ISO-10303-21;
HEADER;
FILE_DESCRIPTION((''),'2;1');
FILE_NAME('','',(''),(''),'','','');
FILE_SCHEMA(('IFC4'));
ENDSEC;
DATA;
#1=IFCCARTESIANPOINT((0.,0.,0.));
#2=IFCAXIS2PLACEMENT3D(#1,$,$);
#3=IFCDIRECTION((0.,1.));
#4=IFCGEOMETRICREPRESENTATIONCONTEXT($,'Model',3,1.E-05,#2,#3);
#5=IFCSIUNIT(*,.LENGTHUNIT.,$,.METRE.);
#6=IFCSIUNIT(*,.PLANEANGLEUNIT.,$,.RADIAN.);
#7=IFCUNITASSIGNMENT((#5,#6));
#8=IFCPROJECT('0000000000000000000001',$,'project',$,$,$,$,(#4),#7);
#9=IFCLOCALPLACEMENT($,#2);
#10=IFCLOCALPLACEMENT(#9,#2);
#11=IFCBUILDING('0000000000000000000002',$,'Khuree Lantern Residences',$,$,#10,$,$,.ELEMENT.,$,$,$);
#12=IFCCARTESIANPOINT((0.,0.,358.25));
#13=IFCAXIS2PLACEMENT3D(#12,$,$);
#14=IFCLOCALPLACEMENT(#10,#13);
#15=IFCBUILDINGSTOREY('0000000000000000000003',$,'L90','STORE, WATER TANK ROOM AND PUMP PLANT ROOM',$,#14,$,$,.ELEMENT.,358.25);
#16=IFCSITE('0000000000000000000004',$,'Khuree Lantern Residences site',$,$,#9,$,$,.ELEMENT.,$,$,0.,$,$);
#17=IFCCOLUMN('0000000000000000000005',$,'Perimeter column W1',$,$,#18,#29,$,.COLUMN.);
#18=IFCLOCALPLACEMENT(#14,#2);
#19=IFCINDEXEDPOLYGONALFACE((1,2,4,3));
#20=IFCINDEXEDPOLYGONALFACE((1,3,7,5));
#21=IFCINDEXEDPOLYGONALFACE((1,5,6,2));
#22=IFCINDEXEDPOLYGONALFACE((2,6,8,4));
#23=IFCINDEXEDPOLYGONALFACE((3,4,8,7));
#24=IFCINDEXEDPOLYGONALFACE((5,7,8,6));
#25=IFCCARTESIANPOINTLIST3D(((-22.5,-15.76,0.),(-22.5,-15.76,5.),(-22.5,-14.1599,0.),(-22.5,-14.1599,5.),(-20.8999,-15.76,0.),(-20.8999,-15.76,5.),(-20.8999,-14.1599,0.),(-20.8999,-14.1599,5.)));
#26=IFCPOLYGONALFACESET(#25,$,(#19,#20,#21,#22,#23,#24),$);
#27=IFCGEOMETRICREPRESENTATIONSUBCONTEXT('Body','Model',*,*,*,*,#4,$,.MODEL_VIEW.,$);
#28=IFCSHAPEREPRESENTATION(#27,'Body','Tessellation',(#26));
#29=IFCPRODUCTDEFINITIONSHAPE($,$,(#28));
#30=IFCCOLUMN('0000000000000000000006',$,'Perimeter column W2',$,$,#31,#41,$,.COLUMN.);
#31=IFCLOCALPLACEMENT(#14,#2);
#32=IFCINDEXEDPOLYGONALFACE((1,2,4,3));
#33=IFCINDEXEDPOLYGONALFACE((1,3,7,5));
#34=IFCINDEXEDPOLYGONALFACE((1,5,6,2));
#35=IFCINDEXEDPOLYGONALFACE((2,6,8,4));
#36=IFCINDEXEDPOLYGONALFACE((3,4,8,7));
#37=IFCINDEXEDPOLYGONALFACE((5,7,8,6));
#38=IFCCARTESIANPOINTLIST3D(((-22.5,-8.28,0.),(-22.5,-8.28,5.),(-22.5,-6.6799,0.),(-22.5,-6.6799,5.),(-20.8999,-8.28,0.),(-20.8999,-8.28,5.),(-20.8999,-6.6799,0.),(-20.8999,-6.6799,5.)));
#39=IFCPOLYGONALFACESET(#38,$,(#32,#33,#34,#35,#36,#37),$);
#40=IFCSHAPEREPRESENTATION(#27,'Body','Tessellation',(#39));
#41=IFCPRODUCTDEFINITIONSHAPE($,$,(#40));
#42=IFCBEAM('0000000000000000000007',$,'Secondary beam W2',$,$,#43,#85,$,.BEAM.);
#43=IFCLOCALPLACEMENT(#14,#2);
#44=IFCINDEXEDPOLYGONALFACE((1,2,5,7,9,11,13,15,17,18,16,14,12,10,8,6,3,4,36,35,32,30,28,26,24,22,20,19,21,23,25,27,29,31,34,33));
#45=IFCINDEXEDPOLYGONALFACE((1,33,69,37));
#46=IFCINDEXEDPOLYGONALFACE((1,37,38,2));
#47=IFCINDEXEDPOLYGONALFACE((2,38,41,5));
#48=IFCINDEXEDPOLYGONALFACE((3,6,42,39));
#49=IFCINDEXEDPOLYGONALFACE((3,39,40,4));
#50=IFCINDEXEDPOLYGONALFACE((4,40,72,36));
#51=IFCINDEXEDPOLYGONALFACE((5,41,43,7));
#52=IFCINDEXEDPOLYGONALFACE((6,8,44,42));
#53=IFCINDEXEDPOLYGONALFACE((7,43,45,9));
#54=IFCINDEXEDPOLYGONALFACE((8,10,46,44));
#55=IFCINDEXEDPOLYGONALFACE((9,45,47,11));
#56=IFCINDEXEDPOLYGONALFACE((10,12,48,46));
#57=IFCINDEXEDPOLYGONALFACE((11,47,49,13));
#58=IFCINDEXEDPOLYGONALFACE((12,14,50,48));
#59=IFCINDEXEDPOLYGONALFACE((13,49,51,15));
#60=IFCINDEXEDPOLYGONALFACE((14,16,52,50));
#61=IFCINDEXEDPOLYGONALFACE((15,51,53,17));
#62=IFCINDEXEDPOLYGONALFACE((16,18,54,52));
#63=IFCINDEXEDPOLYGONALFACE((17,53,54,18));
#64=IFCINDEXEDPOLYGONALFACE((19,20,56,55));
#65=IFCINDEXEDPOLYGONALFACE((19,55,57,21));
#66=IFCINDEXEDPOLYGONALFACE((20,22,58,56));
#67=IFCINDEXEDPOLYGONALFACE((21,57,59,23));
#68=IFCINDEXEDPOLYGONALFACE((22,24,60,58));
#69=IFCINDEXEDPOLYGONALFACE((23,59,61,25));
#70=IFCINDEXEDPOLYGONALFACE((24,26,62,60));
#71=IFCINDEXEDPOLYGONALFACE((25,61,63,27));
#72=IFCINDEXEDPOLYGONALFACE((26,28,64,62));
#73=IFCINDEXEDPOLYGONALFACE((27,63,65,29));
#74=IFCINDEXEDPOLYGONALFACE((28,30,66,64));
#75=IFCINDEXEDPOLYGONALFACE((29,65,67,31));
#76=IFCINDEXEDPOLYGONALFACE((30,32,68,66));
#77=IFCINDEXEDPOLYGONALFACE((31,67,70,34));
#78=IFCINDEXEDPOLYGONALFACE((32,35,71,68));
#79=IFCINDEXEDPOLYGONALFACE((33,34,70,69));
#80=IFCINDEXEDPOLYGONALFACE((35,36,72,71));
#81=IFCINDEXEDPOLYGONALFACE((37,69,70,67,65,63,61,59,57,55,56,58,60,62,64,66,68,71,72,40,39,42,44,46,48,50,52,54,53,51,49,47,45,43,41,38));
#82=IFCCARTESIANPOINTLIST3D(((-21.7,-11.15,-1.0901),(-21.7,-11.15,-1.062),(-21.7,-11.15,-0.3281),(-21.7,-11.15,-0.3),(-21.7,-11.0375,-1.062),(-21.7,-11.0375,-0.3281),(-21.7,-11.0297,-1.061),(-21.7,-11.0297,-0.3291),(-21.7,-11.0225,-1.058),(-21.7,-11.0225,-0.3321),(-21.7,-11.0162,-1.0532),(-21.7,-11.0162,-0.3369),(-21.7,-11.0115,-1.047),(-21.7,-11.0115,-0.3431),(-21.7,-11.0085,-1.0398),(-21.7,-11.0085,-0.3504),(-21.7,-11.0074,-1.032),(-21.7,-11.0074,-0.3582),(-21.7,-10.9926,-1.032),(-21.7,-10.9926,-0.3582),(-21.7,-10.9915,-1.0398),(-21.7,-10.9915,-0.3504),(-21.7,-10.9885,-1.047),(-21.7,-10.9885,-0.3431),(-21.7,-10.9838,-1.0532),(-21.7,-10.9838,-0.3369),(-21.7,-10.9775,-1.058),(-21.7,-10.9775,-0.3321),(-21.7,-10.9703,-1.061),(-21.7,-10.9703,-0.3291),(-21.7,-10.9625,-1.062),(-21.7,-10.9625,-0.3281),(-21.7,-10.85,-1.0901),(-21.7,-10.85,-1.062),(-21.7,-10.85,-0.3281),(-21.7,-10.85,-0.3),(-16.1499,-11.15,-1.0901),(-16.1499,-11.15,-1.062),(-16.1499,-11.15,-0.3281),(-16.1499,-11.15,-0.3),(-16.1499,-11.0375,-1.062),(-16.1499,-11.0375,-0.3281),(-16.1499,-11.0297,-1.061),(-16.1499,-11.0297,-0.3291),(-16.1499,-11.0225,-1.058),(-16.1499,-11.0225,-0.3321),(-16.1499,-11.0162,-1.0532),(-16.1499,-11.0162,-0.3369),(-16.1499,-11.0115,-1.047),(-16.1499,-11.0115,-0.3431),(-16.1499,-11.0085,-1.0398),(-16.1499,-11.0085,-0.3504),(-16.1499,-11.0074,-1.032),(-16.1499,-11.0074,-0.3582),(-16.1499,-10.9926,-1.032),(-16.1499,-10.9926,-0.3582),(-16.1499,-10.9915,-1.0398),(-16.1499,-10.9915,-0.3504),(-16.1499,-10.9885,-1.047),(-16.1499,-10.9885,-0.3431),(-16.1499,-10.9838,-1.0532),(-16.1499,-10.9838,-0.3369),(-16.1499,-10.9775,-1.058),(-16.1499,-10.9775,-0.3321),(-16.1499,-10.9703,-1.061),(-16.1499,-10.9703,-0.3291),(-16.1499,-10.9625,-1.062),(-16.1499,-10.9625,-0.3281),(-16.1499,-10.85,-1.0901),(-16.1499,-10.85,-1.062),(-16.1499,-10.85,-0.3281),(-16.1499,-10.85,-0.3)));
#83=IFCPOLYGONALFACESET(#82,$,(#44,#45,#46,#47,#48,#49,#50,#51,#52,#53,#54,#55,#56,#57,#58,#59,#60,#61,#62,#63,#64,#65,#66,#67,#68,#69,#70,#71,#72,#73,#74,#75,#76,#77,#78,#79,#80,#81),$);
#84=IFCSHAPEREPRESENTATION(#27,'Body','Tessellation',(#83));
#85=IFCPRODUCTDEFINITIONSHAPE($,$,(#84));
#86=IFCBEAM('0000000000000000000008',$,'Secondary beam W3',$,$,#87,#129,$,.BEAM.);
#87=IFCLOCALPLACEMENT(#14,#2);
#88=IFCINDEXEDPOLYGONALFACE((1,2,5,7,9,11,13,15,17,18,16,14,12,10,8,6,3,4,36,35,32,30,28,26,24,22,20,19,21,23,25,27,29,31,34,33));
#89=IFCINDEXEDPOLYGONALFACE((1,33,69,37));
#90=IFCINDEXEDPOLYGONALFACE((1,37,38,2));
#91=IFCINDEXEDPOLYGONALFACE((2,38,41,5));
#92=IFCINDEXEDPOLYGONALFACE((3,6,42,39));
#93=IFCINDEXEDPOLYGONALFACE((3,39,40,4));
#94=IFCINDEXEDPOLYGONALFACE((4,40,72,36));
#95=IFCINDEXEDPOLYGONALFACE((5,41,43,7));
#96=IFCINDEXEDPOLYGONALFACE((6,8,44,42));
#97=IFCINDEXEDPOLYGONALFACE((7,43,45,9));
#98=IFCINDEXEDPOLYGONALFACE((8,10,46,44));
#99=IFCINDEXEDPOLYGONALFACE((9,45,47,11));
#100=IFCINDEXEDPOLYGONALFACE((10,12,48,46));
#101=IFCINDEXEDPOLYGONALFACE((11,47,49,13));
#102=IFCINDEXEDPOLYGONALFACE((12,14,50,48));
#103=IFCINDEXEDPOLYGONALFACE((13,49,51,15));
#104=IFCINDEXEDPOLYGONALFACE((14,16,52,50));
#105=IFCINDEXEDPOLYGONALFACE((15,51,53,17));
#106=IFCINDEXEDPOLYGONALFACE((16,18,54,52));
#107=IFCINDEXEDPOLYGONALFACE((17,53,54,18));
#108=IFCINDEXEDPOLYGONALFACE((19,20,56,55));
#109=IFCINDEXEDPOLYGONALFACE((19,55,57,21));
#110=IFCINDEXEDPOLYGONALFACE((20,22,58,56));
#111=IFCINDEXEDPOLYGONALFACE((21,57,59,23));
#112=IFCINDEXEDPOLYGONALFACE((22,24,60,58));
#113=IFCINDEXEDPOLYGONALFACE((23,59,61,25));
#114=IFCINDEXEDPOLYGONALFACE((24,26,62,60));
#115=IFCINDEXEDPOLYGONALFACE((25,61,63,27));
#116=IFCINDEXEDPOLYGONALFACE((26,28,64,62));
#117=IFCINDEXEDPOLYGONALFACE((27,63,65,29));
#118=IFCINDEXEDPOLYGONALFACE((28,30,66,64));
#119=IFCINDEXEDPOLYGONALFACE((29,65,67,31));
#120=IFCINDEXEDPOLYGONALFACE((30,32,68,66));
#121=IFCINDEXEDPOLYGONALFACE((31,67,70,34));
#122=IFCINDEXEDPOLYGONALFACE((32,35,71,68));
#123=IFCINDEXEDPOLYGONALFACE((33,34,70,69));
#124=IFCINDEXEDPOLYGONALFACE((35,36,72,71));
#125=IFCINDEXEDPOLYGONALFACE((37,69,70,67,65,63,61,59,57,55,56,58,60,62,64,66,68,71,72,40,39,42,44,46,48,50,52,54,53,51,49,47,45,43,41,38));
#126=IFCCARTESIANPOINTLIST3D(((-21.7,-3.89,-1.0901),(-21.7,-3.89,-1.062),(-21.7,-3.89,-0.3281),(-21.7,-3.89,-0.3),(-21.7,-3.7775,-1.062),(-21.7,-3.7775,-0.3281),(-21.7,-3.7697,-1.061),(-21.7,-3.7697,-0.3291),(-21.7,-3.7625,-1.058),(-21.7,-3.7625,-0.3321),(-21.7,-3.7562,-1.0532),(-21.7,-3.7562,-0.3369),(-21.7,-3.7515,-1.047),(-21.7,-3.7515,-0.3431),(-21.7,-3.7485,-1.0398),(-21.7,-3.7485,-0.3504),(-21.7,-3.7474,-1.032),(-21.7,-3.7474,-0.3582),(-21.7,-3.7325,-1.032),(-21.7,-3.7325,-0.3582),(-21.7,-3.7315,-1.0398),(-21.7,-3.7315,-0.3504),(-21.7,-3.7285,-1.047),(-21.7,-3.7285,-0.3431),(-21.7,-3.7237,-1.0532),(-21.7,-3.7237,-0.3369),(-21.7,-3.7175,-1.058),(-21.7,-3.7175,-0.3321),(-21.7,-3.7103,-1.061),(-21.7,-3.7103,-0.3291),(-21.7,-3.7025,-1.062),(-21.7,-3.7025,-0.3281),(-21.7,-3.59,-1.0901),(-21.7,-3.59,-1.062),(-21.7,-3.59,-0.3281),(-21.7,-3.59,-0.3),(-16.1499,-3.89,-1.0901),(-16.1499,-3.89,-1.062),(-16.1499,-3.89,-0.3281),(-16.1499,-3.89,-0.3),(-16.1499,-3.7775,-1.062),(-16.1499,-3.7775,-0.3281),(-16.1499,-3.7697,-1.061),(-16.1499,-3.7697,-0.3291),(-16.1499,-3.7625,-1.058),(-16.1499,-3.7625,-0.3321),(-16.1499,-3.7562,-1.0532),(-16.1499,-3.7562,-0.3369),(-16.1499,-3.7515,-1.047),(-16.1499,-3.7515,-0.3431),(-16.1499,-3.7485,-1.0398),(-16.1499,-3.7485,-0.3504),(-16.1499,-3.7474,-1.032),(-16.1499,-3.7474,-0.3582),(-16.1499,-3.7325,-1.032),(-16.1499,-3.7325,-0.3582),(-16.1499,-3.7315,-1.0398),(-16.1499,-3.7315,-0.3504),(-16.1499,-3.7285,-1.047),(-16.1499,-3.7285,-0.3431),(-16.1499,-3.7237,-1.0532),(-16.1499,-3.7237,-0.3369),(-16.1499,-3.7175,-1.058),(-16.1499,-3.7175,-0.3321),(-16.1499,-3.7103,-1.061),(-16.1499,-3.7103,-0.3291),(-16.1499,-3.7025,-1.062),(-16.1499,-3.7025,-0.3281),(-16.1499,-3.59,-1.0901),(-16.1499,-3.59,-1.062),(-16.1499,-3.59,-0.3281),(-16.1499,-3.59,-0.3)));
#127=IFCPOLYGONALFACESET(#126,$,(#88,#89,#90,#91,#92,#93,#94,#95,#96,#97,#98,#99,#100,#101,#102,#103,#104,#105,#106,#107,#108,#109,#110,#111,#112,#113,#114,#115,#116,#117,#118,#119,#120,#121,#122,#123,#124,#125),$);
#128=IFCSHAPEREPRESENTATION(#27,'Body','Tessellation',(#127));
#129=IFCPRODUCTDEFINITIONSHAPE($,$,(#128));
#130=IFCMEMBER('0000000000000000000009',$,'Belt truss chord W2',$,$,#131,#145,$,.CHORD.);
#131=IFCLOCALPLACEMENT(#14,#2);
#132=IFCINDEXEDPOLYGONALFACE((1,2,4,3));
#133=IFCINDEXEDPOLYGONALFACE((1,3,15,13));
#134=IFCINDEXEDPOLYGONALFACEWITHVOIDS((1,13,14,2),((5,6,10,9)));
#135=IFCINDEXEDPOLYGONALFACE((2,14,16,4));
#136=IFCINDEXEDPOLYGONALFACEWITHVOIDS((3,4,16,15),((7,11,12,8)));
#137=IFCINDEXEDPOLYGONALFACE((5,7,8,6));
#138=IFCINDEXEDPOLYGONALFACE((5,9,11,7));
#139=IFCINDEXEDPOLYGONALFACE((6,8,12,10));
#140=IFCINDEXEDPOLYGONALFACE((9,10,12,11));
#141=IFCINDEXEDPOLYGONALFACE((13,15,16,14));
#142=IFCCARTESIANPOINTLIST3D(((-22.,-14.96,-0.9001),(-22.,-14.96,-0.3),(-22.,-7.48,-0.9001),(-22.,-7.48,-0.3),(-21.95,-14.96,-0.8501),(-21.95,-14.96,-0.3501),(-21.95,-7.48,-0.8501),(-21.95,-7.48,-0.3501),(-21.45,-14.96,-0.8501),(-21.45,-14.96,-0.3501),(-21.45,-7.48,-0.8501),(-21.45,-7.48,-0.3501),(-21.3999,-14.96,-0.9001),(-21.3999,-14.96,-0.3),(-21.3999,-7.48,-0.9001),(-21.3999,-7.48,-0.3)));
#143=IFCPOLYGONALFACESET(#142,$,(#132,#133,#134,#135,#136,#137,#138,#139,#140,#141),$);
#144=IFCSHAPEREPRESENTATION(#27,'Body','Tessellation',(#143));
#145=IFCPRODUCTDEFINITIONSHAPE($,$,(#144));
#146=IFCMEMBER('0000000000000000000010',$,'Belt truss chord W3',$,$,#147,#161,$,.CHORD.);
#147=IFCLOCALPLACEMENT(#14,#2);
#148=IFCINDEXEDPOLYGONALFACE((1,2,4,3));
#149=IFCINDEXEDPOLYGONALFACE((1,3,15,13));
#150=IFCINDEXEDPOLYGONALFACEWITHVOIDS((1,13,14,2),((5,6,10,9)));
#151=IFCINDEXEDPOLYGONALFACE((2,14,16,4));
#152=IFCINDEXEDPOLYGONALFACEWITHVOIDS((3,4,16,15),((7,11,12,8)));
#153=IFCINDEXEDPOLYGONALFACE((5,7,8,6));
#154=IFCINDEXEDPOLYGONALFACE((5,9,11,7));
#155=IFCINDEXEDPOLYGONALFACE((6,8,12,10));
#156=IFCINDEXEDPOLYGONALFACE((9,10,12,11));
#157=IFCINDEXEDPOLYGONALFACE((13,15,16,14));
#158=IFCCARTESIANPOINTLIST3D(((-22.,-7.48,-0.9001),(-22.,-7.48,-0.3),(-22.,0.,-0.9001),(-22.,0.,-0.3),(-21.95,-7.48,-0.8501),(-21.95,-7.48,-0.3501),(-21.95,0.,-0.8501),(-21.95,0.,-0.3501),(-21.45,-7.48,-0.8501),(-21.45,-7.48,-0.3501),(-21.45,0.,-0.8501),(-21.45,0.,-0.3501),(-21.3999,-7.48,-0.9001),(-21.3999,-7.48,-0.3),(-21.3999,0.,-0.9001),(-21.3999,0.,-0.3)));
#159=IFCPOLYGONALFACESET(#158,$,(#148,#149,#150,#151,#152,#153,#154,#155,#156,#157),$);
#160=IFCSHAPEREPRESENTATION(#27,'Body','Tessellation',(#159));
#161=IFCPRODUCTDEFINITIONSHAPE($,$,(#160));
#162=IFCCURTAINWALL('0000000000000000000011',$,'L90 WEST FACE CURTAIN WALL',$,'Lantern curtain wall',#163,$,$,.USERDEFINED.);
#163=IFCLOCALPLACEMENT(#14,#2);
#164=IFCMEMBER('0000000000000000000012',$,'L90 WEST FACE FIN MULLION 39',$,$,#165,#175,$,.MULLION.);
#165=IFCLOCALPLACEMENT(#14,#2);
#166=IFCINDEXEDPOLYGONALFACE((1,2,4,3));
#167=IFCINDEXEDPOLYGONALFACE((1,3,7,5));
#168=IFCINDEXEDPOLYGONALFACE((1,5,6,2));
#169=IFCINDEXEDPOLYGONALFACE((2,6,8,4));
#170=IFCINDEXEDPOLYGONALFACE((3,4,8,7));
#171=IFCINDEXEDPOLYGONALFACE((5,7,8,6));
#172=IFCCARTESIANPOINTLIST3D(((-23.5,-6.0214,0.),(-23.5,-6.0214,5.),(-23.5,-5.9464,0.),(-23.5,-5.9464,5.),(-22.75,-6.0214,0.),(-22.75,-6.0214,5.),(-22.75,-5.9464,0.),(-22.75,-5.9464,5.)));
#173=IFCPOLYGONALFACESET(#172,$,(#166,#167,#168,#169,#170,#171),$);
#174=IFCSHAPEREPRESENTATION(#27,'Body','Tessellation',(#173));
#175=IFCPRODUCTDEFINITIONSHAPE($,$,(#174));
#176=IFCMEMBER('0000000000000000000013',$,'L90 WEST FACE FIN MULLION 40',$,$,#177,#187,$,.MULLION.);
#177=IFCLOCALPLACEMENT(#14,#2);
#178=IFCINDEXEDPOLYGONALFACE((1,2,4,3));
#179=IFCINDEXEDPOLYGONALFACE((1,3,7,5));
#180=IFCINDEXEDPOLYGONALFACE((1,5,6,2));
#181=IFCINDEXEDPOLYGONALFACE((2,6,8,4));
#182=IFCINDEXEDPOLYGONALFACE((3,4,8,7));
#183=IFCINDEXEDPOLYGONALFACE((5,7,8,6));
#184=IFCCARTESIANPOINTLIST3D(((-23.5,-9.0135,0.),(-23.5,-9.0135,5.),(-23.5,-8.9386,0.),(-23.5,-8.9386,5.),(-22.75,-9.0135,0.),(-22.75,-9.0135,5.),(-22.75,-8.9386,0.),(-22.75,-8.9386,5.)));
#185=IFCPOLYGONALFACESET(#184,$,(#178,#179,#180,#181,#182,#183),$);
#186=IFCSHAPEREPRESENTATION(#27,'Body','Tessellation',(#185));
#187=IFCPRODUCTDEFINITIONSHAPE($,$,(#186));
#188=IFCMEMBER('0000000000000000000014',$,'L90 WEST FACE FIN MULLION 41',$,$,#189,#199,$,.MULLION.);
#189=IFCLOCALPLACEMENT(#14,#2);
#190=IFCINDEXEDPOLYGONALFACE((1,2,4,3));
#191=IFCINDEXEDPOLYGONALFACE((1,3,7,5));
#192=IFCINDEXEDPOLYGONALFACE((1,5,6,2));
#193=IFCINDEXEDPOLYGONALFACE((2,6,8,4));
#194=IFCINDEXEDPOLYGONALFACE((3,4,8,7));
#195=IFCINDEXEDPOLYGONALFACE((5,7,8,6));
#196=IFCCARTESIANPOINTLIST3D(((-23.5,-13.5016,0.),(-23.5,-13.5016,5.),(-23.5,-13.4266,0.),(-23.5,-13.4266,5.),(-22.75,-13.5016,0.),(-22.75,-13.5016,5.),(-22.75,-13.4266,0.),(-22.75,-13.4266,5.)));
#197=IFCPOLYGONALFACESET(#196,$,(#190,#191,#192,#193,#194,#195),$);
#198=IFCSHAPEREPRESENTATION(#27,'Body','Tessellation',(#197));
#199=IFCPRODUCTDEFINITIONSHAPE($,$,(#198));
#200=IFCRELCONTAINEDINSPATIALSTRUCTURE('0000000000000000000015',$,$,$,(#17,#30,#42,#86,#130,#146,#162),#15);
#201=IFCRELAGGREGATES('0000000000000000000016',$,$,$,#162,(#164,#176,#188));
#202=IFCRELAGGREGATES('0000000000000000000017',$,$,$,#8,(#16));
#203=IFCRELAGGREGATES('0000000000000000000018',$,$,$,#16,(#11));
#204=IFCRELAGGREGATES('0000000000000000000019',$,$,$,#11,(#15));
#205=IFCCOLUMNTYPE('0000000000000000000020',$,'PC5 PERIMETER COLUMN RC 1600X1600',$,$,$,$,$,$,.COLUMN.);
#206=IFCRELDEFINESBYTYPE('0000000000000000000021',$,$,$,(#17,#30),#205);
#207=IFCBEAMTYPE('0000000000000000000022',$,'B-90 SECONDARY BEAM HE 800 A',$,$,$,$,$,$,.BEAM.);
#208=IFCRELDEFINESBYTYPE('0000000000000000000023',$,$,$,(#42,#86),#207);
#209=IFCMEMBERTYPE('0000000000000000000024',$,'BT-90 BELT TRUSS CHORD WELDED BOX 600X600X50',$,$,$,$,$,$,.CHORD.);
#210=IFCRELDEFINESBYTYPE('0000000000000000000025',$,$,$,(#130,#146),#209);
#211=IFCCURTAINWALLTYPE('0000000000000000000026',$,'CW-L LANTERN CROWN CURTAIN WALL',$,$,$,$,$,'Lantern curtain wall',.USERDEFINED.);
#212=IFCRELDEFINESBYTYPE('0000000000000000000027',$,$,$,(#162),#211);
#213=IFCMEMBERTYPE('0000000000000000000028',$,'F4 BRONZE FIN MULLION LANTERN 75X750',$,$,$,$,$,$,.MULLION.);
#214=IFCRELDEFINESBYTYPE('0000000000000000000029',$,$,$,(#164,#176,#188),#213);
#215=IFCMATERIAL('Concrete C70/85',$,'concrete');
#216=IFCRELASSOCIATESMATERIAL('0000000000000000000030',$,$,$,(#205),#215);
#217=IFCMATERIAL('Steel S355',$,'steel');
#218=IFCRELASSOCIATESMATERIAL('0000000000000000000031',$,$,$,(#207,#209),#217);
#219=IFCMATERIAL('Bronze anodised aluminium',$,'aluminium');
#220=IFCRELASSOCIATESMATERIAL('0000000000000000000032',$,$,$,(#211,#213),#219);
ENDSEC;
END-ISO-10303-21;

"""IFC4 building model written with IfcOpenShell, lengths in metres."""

from ifc_helpers import new_model, si_unit, direction, frame, origin, origin_2d, place, context, subcontext, project, spatial, rectangle, hollow_rectangle, i_section, extrude, material, material_profile, profile_set, type_object, element, aggregate, save


model = new_model("IFC4")

# Units and contexts
model_context = context("Model", 3, precision=1e-05, world=origin(), true_north=direction((0.0, 1.0)))
body_context = subcontext(model_context, "Body", "Model", "MODEL_VIEW")
ifc_project = project(units=[si_unit("LENGTHUNIT", "METRE"), si_unit("PLANEANGLEUNIT", "RADIAN")], contexts=[model_context])

# Site, building, storey
site_placement = place(None, origin())
site = spatial("IfcSite", under=ifc_project, at=site_placement, Name="Khuree Lantern Residences site", CompositionType="ELEMENT", RefElevation=0.0)
building_placement = place(site_placement, origin())
building = spatial("IfcBuilding", under=site, at=building_placement, Name="Khuree Lantern Residences", CompositionType="ELEMENT")
storey_placement = place(building_placement, frame((0.0, 0.0, 358.25)))
storey = spatial("IfcBuildingStorey", under=building, at=storey_placement, Name="L90", Description="STORE, WATER TANK ROOM AND PUMP PLANT ROOM", CompositionType="ELEMENT", Elevation=358.25)

# Columns
ifc_material_1 = material(Name="Concrete C70/85", Category="concrete")
ifc_material_profile_1 = material_profile(ifc_material_1, rectangle(XDim=1.6001, YDim=1.6001, at=origin_2d()), Name="RC 1600X1600")
ifc_profile_set_1 = profile_set([ifc_material_profile_1], Name="Concrete C70/85")
column_type = type_object("IfcColumnType", Name="PC5 PERIMETER COLUMN RC 1600X1600", PredefinedType="COLUMN", material=ifc_profile_set_1)
for number, where, z_axis, x_axis, name in (
    (1, (-21.7, -14.96, 0.0), (0.0, 0.0, 1.0), (0.0, 1.0, 0.0), "Perimeter column W1"),
    (2, (-21.7, -7.48, 0.0), (0.0, 0.0, 1.0), (0.0, 1.0, 0.0), "Perimeter column W2"),
):
    element("IfcColumn", number, at=place(storey_placement, frame(where, z_axis=z_axis, x_axis=x_axis)), inside=storey, type_object=column_type, Name=name, PredefinedType="COLUMN", context=body_context, shape_type="SweptSolid", body=[
        extrude(rectangle(XDim=1.6001, YDim=1.6001, at=origin_2d()), origin(), (0.0, 0.0, 1.0), 5.0),
    ])

# Beams
ifc_material_2 = material(Name="Steel S355", Category="steel")
ifc_material_profile_2 = material_profile(ifc_material_2, i_section(OverallWidth=0.3, OverallDepth=0.79, WebThickness=0.0149, FlangeThickness=0.0281, FilletRadius=0.03, at=origin_2d()), Name="HE 800 A")
ifc_profile_set_2 = profile_set([ifc_material_profile_2], Name="Steel S355")
beam_type_1 = type_object("IfcBeamType", Name="B-90 SECONDARY BEAM HE 800 A", PredefinedType="BEAM", material=ifc_profile_set_2)
for number, where, z_axis, x_axis, name in (
    (3, (-21.7, -11.0, -0.6951), (1.0, 0.0, 0.0), (0.0, 1.0, 0.0), "Secondary beam W2"),
    (4, (-21.7, -3.74, -0.6951), (1.0, 0.0, 0.0), (0.0, 1.0, 0.0), "Secondary beam W3"),
):
    element("IfcBeam", number, at=place(storey_placement, frame(where, z_axis=z_axis, x_axis=x_axis)), inside=storey, type_object=beam_type_1, Name=name, PredefinedType="BEAM", context=body_context, shape_type="SweptSolid", body=[
        extrude(i_section(OverallWidth=0.3, OverallDepth=0.79, WebThickness=0.0149, FlangeThickness=0.0281, FilletRadius=0.03, at=origin_2d()), origin(), (0.0, 0.0, 1.0), 5.55),
    ])

# Members
ifc_material_profile_3 = material_profile(ifc_material_2, hollow_rectangle(XDim=0.6001, YDim=0.6001, WallThickness=0.05, at=origin_2d()), Name="WELDED BOX 600X600X50")
ifc_profile_set_3 = profile_set([ifc_material_profile_3], Name="Steel S355")
member_type_1 = type_object("IfcMemberType", Name="BT-90 BELT TRUSS CHORD WELDED BOX 600X600X50", PredefinedType="CHORD", material=ifc_profile_set_3)
for number, where, z_axis, x_axis, name in (
    (5, (-21.7, -14.96, -0.6001), (0.0, 1.0, 0.0), (-1.0, 0.0, 0.0), "Belt truss chord W2"),
    (6, (-21.7, -7.48, -0.6001), (0.0, 1.0, 0.0), (-1.0, 0.0, 0.0), "Belt truss chord W3"),
):
    element("IfcMember", number, at=place(storey_placement, frame(where, z_axis=z_axis, x_axis=x_axis)), inside=storey, type_object=member_type_1, Name=name, PredefinedType="CHORD", context=body_context, shape_type="SweptSolid", body=[
        extrude(hollow_rectangle(XDim=0.6001, YDim=0.6001, WallThickness=0.05, at=origin_2d()), origin(), (0.0, 0.0, 1.0), 7.48),
    ])

# Curtain wall, members
ifc_material_3 = material(Name="Bronze anodised aluminium", Category="aluminium")
curtain_wall_type = type_object("IfcCurtainWallType", Name="CW-L LANTERN CROWN CURTAIN WALL", ElementType="Lantern curtain wall", PredefinedType="USERDEFINED", material=ifc_material_3)
curtain_wall_placement = place(storey_placement, origin())
curtain_wall = element("IfcCurtainWall", 7, at=curtain_wall_placement, inside=storey, type_object=curtain_wall_type, Name="L90 WEST FACE CURTAIN WALL", ObjectType="Lantern curtain wall", PredefinedType="USERDEFINED")
ifc_material_profile_4 = material_profile(ifc_material_3, rectangle(XDim=0.075, YDim=0.75, at=origin_2d()), Name="F4 75X750")
ifc_profile_set_4 = profile_set([ifc_material_profile_4], Name="Bronze anodised aluminium")
member_type_2 = type_object("IfcMemberType", Name="F4 BRONZE FIN MULLION LANTERN 75X750", PredefinedType="MULLION", material=ifc_profile_set_4)
member_1_placement = place(storey_placement, frame((-23.125, -5.9839, 0.0), z_axis=(0.0, 0.0, 1.0), x_axis=(0.0, -1.0, 0.0)))
member_1 = element("IfcMember", 8, at=member_1_placement, type_object=member_type_2, Name="L90 WEST FACE FIN MULLION 39", PredefinedType="MULLION", context=body_context, shape_type="SweptSolid", body=[
    extrude(rectangle(XDim=0.075, YDim=0.75, at=origin_2d()), origin(), (0.0, 0.0, 1.0), 5.0),
])
member_2_placement = place(storey_placement, frame((-23.125, -8.9761, 0.0), z_axis=(0.0, 0.0, 1.0), x_axis=(0.0, -1.0, 0.0)))
member_2 = element("IfcMember", 9, at=member_2_placement, type_object=member_type_2, Name="L90 WEST FACE FIN MULLION 40", PredefinedType="MULLION", context=body_context, shape_type="SweptSolid", body=[
    extrude(rectangle(XDim=0.075, YDim=0.75, at=origin_2d()), origin(), (0.0, 0.0, 1.0), 5.0),
])
member_3_placement = place(storey_placement, frame((-23.125, -13.4641, 0.0), z_axis=(0.0, 0.0, 1.0), x_axis=(0.0, -1.0, 0.0)))
member_3 = element("IfcMember", 10, at=member_3_placement, type_object=member_type_2, Name="L90 WEST FACE FIN MULLION 41", PredefinedType="MULLION", context=body_context, shape_type="SweptSolid", body=[
    extrude(rectangle(XDim=0.075, YDim=0.75, at=origin_2d()), origin(), (0.0, 0.0, 1.0), 5.0),
])

aggregate(curtain_wall, [member_1, member_2, member_3])

save(model, "model.ifc")
